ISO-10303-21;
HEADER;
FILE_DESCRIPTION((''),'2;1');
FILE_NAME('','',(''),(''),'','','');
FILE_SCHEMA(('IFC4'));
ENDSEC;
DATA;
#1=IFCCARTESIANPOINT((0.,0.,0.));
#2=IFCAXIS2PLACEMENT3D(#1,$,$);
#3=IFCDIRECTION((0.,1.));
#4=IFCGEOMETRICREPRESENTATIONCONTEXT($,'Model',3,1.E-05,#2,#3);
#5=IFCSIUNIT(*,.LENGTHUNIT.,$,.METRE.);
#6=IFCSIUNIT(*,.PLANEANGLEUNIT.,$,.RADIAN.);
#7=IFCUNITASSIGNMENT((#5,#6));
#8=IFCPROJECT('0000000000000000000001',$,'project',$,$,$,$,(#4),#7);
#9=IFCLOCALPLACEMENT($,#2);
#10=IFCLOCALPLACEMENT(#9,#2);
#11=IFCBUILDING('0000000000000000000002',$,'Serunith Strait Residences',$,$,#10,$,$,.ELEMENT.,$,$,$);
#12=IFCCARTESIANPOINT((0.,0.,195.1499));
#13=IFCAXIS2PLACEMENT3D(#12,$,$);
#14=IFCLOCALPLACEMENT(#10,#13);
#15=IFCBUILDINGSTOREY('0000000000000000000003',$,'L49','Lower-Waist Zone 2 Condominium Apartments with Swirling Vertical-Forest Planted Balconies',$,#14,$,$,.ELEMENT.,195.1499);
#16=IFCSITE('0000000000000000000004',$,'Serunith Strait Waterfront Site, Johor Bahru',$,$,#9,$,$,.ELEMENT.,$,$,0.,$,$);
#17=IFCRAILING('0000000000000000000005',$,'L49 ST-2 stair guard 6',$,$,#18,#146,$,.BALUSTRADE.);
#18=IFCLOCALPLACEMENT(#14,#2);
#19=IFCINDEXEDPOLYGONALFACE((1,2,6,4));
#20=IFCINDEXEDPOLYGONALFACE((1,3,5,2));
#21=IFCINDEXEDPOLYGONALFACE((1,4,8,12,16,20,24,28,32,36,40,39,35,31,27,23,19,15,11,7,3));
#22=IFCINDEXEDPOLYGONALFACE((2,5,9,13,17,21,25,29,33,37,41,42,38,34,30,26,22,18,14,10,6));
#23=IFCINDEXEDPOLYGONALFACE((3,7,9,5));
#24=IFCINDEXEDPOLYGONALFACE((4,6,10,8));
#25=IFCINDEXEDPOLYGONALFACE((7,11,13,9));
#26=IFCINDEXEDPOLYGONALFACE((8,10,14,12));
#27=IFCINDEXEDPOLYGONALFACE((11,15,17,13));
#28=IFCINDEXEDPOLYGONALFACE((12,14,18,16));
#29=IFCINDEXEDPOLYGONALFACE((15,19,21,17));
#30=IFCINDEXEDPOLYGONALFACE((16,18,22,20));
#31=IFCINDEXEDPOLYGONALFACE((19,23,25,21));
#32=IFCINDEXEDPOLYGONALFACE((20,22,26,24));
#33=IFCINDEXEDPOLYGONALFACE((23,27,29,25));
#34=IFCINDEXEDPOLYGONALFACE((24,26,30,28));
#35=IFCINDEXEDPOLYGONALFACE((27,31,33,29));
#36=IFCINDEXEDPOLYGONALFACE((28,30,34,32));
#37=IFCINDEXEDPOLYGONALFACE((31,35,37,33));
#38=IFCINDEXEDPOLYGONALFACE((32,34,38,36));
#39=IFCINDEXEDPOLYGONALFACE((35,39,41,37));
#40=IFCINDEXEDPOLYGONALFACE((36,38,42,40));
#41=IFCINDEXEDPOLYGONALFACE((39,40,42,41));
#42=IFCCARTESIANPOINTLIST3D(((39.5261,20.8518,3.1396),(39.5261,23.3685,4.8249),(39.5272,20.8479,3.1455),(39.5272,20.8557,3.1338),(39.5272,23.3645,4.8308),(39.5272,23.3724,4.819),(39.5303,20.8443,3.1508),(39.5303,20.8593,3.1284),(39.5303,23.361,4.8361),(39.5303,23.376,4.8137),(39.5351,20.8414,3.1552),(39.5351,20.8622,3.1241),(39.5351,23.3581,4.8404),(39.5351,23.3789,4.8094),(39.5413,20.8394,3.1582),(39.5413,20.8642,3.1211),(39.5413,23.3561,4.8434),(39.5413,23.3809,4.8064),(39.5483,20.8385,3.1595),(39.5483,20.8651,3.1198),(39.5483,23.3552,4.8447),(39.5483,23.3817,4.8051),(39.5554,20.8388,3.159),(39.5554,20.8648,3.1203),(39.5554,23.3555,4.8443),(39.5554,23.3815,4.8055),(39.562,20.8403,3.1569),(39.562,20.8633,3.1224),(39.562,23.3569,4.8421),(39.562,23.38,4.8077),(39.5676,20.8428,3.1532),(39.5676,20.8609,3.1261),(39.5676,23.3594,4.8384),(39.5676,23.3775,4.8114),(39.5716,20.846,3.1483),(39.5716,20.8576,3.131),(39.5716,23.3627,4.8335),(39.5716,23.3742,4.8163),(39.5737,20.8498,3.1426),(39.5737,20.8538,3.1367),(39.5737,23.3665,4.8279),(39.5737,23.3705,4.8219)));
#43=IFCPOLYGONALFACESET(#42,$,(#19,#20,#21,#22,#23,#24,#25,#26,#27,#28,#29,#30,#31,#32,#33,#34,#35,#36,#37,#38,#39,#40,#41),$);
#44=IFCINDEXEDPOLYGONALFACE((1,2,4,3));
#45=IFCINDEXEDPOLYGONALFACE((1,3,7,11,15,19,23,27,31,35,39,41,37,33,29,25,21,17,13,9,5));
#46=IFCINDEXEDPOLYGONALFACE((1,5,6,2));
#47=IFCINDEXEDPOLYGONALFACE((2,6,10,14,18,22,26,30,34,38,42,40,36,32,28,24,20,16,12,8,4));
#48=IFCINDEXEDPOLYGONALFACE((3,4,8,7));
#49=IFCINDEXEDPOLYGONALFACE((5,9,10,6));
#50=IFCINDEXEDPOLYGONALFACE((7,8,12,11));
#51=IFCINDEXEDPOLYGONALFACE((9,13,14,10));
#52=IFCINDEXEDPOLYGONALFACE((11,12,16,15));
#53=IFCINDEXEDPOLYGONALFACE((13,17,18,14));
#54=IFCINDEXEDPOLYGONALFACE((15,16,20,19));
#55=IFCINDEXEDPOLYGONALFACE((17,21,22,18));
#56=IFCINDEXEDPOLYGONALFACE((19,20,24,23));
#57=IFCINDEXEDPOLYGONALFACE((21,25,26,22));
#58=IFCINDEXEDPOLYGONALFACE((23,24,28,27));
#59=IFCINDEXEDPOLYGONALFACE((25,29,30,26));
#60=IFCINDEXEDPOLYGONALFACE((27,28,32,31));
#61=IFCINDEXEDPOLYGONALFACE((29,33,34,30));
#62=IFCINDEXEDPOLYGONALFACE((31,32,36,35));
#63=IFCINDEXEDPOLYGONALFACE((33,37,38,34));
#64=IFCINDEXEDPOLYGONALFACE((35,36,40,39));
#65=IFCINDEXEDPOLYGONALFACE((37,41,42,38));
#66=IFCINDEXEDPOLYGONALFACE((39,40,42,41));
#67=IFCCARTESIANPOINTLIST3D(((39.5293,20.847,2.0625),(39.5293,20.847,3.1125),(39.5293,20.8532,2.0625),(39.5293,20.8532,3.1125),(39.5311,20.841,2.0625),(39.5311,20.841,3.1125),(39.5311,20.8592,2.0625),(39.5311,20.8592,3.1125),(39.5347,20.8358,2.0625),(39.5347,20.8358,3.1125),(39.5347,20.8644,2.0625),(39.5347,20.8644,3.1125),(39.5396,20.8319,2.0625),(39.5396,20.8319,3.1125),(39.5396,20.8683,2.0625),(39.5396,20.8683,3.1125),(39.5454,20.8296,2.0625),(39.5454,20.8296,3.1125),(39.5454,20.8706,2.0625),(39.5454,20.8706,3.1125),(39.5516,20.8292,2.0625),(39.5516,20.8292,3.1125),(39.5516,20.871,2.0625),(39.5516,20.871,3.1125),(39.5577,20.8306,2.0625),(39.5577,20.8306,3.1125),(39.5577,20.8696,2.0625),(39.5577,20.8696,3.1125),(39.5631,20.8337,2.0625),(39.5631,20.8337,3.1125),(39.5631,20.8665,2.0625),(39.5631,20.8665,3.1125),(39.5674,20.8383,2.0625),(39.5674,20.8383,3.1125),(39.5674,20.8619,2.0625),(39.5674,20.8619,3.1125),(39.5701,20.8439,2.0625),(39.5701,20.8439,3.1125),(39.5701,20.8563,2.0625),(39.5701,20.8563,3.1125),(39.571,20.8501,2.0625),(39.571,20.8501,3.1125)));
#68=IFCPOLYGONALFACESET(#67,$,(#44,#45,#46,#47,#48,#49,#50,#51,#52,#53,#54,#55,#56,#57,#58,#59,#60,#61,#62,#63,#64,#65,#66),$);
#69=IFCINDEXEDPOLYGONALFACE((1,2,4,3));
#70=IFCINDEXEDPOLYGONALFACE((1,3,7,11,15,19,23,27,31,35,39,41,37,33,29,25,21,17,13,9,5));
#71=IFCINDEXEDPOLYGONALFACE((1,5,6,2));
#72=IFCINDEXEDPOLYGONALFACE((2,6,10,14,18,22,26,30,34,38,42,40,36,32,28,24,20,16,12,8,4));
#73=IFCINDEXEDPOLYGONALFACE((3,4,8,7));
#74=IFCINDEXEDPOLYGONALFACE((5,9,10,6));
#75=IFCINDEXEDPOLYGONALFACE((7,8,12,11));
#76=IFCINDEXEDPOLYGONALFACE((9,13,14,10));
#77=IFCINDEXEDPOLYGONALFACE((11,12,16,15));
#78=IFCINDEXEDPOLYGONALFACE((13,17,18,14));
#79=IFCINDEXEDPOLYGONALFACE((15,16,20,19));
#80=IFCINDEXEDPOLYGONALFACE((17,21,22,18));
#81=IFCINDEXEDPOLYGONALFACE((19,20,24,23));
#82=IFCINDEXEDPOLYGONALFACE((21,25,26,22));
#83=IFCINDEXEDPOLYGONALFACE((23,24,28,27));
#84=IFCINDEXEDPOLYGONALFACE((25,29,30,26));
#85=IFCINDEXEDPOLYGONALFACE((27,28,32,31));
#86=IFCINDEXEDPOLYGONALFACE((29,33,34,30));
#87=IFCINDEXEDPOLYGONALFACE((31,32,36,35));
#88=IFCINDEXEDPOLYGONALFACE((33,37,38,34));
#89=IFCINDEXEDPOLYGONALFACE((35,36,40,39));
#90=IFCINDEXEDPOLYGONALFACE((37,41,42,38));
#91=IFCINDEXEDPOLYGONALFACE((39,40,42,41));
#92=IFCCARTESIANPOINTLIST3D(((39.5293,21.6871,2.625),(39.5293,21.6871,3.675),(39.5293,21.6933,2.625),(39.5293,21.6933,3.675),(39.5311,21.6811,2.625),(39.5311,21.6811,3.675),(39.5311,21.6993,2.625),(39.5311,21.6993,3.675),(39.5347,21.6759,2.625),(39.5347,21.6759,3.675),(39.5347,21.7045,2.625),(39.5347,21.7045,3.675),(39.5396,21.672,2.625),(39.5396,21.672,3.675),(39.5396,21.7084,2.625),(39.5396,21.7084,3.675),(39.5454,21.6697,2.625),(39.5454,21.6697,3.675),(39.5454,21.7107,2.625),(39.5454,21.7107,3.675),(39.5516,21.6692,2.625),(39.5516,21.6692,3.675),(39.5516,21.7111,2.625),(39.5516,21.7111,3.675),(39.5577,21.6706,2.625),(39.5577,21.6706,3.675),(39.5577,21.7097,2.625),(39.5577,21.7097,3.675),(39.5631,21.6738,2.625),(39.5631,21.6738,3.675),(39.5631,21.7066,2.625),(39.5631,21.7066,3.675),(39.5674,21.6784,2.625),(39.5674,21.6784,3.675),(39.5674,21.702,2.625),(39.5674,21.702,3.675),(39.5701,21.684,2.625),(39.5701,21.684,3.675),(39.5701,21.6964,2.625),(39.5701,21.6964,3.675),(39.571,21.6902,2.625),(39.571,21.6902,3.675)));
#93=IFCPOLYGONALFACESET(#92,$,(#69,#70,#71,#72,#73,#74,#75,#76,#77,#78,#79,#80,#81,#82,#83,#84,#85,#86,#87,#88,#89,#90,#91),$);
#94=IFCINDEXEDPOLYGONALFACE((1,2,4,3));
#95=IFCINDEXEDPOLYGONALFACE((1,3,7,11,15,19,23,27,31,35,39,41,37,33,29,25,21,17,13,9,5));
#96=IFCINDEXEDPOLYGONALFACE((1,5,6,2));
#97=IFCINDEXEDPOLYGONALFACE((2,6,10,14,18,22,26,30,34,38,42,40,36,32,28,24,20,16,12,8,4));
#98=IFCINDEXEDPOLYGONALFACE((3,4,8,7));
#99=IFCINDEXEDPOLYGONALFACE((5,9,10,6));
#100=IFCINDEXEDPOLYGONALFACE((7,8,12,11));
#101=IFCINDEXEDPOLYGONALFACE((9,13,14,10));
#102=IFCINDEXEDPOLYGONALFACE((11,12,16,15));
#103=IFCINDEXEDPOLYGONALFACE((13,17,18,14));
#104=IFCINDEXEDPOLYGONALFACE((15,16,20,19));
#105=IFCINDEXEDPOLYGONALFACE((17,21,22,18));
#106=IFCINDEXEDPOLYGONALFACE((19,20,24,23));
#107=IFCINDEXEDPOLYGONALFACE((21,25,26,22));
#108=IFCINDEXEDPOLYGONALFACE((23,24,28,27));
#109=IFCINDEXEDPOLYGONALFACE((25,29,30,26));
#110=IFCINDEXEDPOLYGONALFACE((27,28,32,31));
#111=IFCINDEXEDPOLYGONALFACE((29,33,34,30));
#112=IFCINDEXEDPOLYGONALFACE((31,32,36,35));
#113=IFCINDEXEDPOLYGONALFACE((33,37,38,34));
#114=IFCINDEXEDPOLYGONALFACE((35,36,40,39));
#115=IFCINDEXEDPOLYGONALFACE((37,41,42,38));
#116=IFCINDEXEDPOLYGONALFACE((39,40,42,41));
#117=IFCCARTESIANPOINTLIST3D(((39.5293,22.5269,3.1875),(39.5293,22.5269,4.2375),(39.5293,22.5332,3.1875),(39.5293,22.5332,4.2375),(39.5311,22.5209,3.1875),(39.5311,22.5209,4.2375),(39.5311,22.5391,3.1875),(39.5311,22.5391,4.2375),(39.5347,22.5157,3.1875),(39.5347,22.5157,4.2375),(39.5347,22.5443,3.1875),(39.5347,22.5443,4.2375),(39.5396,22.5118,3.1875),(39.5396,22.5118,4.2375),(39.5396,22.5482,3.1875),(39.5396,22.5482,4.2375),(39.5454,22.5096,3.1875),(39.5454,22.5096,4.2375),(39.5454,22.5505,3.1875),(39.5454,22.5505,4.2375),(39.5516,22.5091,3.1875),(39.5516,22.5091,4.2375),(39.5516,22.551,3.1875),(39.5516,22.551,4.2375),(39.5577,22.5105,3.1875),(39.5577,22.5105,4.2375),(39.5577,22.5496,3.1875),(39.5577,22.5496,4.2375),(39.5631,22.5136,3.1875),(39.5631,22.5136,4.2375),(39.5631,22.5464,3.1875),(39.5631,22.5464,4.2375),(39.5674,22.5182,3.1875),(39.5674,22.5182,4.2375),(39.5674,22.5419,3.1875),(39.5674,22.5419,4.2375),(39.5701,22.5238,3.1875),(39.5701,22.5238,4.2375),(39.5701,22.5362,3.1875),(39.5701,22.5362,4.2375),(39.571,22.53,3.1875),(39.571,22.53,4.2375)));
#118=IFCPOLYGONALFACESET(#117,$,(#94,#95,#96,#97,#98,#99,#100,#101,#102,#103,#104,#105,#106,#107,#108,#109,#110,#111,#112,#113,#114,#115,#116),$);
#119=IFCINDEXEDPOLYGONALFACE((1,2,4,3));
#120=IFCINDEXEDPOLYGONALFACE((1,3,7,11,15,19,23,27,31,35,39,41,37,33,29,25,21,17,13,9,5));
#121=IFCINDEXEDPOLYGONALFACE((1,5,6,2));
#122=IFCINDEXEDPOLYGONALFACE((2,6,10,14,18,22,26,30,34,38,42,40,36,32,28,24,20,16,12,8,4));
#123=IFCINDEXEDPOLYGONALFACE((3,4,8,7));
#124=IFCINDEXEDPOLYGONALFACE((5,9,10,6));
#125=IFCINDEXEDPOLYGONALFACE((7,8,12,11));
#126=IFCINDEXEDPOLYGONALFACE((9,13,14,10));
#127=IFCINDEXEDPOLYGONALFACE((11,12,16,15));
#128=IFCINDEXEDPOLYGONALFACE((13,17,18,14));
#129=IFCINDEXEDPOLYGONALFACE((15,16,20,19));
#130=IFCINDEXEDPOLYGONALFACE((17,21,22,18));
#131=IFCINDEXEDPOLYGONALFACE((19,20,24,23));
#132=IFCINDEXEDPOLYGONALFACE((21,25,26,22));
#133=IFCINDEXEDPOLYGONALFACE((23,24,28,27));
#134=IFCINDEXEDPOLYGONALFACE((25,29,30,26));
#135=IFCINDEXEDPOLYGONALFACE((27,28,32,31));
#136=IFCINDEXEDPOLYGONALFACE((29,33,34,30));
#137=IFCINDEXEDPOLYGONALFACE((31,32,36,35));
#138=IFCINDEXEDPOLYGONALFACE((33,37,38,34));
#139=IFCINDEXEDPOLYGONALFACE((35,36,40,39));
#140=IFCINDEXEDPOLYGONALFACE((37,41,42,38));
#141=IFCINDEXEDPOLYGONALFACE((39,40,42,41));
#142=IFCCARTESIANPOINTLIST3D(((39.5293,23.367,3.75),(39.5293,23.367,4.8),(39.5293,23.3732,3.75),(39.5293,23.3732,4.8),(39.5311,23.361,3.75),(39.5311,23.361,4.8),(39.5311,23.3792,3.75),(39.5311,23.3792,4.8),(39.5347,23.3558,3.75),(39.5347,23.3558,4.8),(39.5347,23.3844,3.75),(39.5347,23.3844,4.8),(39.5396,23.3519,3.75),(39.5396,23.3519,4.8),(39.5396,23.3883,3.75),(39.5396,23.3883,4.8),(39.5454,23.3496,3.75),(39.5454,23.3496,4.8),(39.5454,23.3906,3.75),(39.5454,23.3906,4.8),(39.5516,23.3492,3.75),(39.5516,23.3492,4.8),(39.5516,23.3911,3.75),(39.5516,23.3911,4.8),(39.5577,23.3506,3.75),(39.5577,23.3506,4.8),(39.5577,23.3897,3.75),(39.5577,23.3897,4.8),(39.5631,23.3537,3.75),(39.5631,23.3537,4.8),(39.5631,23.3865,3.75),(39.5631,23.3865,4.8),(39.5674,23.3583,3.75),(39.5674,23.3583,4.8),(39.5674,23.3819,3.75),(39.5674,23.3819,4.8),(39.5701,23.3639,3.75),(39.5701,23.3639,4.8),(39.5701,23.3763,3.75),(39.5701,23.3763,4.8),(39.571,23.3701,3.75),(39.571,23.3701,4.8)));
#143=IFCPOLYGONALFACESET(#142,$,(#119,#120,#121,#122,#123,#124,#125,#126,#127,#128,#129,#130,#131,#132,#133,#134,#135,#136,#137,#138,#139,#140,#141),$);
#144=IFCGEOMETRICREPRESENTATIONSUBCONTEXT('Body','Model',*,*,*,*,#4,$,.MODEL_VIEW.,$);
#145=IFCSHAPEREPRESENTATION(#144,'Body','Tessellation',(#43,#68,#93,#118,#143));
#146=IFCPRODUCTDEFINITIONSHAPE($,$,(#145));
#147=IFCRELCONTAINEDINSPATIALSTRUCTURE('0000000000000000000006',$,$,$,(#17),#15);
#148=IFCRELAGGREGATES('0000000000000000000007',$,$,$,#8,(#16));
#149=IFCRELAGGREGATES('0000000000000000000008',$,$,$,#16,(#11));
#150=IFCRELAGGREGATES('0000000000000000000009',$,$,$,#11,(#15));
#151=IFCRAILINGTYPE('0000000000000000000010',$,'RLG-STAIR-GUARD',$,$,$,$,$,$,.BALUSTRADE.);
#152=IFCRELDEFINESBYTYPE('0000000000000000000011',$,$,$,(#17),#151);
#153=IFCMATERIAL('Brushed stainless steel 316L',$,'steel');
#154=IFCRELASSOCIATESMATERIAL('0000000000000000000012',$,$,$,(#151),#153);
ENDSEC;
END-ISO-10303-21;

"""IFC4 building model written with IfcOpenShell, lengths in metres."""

from ifc_helpers import new_model, si_unit, direction, frame, origin, origin_2d, place, context, subcontext, project, spatial, circle, extrude, material, type_object, element, save


model = new_model("IFC4")

# Units and contexts
model_context = context("Model", 3, precision=1e-05, world=origin(), true_north=direction((0.0, 1.0)))
body_context = subcontext(model_context, "Body", "Model", "MODEL_VIEW")
ifc_project = project(units=[si_unit("LENGTHUNIT", "METRE"), si_unit("PLANEANGLEUNIT", "RADIAN")], contexts=[model_context])

# Site, building, storey
site_placement = place(None, origin())
site = spatial("IfcSite", under=ifc_project, at=site_placement, Name="Serunith Strait Waterfront Site, Johor Bahru", CompositionType="ELEMENT", RefElevation=0.0)
building_placement = place(site_placement, origin())
building = spatial("IfcBuilding", under=site, at=building_placement, Name="Serunith Strait Residences", CompositionType="ELEMENT")
storey_placement = place(building_placement, frame((0.0, 0.0, 195.1499)))
storey = spatial("IfcBuildingStorey", under=building, at=storey_placement, Name="L49", Description="Lower-Waist Zone 2 Condominium Apartments with Swirling Vertical-Forest Planted Balconies", CompositionType="ELEMENT", Elevation=195.1499)

# Railing
ifc_material_1 = material(Name="Brushed stainless steel 316L", Category="steel")
railing_type_1 = type_object("IfcRailingType", Name="RLG-STAIR-GUARD", PredefinedType="BALUSTRADE", material=ifc_material_1)
railing_1_placement = place(storey_placement, frame((39.55, 20.8501, 2.0625)))
element("IfcRailing", 1, at=railing_1_placement, inside=storey, type_object=railing_type_1, Name="L49 ST-2 stair guard 6", PredefinedType="BALUSTRADE", context=body_context, shape_type="SweptSolid", body=[
    extrude(circle(Radius=0.0239, at=origin_2d()), frame((0.0, 0.0017, 1.0771), z_axis=(0.0, 0.830909, 0.556408), x_axis=(-1.0, 0.0, 0.0)), (0.0, 0.0, 1.0), 3.0288),
    extrude(circle(Radius=0.021, at=origin_2d()), origin(), (0.0, 0.0, 1.0), 1.05),
    extrude(circle(Radius=0.021, at=origin_2d()), frame((0.0, 0.8401, 0.5625)), (0.0, 0.0, 1.0), 1.05),
    extrude(circle(Radius=0.021, at=origin_2d()), frame((0.0, 1.6799, 1.125)), (0.0, 0.0, 1.0), 1.05),
    extrude(circle(Radius=0.021, at=origin_2d()), frame((0.0, 2.52, 1.6875)), (0.0, 0.0, 1.0), 1.05),
])

save(model, "model.ifc")
